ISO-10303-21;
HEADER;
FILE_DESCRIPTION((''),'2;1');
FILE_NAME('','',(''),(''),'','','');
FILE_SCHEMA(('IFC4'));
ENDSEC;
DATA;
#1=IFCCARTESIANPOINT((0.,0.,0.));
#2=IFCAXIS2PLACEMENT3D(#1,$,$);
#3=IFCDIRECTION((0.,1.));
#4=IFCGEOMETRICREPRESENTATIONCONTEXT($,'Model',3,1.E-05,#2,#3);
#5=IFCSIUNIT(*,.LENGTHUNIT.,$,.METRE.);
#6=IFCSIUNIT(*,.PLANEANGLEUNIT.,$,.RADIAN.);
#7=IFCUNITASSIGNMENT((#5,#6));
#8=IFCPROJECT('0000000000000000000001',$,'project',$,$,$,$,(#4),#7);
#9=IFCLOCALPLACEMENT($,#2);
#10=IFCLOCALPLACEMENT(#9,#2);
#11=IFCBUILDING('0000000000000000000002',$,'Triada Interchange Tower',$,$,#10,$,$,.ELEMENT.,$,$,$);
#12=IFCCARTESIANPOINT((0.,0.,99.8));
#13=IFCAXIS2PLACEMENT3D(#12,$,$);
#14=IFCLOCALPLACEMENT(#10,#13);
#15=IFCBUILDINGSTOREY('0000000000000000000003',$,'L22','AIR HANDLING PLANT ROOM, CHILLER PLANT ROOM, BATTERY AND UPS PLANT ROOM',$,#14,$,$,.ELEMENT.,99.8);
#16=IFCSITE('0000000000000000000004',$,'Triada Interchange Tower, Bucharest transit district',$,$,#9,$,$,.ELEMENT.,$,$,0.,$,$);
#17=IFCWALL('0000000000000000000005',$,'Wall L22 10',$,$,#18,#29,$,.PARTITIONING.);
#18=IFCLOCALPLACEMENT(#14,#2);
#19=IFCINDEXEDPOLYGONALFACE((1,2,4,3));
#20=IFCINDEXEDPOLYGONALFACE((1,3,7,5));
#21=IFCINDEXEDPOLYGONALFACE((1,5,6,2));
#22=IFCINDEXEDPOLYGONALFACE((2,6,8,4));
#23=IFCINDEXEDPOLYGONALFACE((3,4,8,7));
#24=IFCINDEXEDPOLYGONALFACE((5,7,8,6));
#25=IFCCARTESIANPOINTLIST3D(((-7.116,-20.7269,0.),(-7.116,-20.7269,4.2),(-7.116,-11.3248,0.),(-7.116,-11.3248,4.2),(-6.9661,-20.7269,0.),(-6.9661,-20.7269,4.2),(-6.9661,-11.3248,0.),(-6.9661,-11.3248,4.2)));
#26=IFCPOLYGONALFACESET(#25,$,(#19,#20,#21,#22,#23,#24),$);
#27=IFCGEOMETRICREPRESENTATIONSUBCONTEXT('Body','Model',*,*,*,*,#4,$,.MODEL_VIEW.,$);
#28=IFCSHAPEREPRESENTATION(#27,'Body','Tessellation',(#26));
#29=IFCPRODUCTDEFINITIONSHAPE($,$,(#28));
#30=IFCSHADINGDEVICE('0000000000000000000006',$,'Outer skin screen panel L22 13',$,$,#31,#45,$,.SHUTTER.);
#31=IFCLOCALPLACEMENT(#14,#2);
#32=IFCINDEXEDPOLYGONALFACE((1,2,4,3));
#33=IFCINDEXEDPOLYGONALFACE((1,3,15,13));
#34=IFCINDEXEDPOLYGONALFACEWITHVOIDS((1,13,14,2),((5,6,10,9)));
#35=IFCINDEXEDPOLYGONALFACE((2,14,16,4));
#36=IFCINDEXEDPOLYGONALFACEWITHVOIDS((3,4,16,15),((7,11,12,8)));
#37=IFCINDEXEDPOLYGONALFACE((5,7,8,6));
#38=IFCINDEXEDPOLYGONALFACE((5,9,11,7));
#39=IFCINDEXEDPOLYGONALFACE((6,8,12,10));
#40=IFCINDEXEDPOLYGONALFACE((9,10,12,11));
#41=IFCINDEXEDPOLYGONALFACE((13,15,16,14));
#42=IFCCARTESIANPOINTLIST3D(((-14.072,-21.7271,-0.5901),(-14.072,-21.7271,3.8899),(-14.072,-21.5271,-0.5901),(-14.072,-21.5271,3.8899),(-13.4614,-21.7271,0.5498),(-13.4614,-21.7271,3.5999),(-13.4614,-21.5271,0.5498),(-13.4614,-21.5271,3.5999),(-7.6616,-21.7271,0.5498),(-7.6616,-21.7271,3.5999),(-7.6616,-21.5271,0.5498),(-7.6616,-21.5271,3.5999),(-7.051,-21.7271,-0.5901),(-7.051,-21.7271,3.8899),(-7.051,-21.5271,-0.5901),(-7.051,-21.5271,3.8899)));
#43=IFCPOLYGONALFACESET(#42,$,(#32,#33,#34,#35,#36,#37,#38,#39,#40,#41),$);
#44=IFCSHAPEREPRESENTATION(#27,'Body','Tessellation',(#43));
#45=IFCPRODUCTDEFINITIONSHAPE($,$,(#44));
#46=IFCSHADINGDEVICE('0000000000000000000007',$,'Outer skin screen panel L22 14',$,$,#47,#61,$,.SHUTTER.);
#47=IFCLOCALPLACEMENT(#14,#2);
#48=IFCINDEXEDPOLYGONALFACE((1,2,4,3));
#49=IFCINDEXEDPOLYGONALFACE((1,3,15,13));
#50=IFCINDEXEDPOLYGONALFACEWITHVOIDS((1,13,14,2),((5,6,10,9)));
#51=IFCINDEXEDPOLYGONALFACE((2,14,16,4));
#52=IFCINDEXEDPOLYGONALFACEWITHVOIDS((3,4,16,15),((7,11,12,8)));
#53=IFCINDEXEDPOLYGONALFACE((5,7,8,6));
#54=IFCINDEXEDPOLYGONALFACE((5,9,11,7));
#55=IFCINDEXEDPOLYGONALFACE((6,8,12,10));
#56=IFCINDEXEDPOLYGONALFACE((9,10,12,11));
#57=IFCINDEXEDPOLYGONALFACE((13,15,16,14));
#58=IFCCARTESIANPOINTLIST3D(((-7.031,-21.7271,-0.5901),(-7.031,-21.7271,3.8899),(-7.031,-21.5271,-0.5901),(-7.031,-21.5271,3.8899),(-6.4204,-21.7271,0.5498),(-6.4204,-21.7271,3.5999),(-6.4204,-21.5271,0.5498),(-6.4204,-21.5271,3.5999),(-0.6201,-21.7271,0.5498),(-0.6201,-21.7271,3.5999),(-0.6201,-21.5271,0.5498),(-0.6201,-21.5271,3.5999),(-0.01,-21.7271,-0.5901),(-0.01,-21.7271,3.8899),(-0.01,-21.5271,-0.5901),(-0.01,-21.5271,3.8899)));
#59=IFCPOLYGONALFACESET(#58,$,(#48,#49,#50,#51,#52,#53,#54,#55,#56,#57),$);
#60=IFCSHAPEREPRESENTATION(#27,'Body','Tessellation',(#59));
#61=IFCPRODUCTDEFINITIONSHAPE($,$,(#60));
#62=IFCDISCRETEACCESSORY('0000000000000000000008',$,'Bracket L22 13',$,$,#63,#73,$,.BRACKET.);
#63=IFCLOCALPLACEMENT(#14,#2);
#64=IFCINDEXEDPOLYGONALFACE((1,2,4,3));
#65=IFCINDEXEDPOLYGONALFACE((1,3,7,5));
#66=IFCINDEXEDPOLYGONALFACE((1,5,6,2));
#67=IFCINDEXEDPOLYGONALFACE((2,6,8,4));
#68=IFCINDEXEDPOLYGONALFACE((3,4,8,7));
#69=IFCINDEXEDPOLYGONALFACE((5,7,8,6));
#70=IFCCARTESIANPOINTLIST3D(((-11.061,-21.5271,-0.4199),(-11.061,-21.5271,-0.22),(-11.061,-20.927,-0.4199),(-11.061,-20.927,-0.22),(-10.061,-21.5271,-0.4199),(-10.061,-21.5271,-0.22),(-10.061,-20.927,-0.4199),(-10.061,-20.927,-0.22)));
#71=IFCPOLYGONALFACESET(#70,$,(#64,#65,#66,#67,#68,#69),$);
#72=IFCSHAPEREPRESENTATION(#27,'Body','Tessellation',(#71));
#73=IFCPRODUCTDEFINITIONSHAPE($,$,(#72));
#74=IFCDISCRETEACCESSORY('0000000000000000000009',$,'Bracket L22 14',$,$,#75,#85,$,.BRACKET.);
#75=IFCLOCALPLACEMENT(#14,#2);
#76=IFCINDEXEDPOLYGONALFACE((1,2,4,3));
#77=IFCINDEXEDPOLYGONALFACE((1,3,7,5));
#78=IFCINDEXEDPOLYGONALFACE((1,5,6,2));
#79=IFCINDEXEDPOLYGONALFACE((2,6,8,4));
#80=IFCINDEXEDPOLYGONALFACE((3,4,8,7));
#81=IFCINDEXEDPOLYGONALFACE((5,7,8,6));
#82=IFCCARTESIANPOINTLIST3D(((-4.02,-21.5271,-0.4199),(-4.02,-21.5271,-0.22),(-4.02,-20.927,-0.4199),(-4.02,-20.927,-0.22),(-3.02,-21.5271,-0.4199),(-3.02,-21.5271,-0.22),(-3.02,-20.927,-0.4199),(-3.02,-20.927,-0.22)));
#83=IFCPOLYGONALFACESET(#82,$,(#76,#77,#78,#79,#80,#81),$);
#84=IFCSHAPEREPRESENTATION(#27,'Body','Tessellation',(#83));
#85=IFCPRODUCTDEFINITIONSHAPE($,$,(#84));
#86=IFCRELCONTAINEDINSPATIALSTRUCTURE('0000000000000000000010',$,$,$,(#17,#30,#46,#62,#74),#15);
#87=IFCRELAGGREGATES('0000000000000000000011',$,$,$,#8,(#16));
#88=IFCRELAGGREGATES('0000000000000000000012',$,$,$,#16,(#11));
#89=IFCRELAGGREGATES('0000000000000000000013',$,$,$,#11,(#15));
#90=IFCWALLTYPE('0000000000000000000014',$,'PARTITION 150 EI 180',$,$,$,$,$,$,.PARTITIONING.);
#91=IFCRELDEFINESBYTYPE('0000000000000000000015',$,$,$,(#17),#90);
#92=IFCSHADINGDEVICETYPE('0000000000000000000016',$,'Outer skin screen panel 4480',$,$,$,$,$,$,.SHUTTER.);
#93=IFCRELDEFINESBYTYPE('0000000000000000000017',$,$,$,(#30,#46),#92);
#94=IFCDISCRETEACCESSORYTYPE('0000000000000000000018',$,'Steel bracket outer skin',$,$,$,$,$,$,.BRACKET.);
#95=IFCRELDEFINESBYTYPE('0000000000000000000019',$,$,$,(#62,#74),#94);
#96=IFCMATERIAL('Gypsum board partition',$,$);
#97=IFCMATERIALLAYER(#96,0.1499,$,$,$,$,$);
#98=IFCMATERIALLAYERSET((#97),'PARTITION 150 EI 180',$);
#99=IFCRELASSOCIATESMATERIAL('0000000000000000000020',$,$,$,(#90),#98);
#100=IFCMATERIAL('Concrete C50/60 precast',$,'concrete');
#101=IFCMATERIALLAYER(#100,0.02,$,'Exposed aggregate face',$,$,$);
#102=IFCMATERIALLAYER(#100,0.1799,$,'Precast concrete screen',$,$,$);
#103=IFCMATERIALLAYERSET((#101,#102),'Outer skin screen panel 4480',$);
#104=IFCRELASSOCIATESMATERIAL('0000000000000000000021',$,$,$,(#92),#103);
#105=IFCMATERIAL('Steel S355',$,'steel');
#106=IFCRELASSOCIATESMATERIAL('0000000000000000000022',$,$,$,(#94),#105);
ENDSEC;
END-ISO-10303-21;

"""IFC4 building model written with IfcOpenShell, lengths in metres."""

from ifc_helpers import new_model, si_unit, direction, frame, frame_2d, origin, origin_2d, place, context, subcontext, project, spatial, polyline, rectangle, outline, extrude, material, layer, layer_set, type_object, element, save


model = new_model("IFC4")

# Units and contexts
model_context = context("Model", 3, precision=1e-05, world=origin(), true_north=direction((0.0, 1.0)))
body_context = subcontext(model_context, "Body", "Model", "MODEL_VIEW")
ifc_project = project(units=[si_unit("LENGTHUNIT", "METRE"), si_unit("PLANEANGLEUNIT", "RADIAN")], contexts=[model_context])

# Site, building, storey
site_placement = place(None, origin())
site = spatial("IfcSite", under=ifc_project, at=site_placement, Name="Triada Interchange Tower, Bucharest transit district", CompositionType="ELEMENT", RefElevation=0.0)
building_placement = place(site_placement, origin())
building = spatial("IfcBuilding", under=site, at=building_placement, Name="Triada Interchange Tower", CompositionType="ELEMENT")
storey_placement = place(building_placement, frame((0.0, 0.0, 99.8)))
storey = spatial("IfcBuildingStorey", under=building, at=storey_placement, Name="L22", Description="AIR HANDLING PLANT ROOM, CHILLER PLANT ROOM, BATTERY AND UPS PLANT ROOM", CompositionType="ELEMENT", Elevation=99.8)

# Shared definitions
ifc_material_1 = material(Name="Steel S355", Category="steel")

# Shared definitions
ifc_material_2 = material(Name="Gypsum board partition")
ifc_layer_1 = layer(ifc_material_2, 0.1499)
ifc_layer_set_1 = layer_set([ifc_layer_1], Name="PARTITION 150 EI 180")
wall_type_1 = type_object("IfcWallType", Name="PARTITION 150 EI 180", PredefinedType="PARTITIONING", material=ifc_layer_set_1)

# Wall
wall_1_placement = place(storey_placement, frame((-7.041, -20.7271, 0.0), z_axis=(0.0, 0.0, 1.0), x_axis=(0.0, 1.0, 0.0)))
element("IfcWall", 1, at=wall_1_placement, inside=storey, type_object=wall_type_1, Name="Wall L22 10", PredefinedType="PARTITIONING", context=body_context, shape_type="SweptSolid", body=[
    extrude(rectangle(XDim=9.4021, YDim=0.1499, at=frame_2d((4.7012, 0.0))), origin(), (0.0, 0.0, 1.0), 4.2),
])

# Shading devices
ifc_material_3 = material(Name="Concrete C50/60 precast", Category="concrete")
ifc_layer_2 = layer(ifc_material_3, 0.02, Name="Exposed aggregate face")
ifc_layer_3 = layer(ifc_material_3, 0.1799, Name="Precast concrete screen")
ifc_layer_set_2 = layer_set([ifc_layer_2, ifc_layer_3], Name="Outer skin screen panel 4480")
shading_device_type = type_object("IfcShadingDeviceType", Name="Outer skin screen panel 4480", PredefinedType="SHUTTER", material=ifc_layer_set_2)
shading_device_1_placement = place(storey_placement, frame((-14.072, -21.5271, -0.5901), z_axis=(0.0, 0.0, 1.0), x_axis=(1.0, 0.0, 0.0)))
element("IfcShadingDevice", 2, at=shading_device_1_placement, inside=storey, type_object=shading_device_type, Name="Outer skin screen panel L22 13", PredefinedType="SHUTTER", context=body_context, shape_type="SweptSolid", body=[
    extrude(outline(polyline([(0.0, 0.0), (7.021, 0.0), (7.021, 4.48), (0.0, 4.48), (0.0, 0.0)]), holes=[polyline([(0.6106, 1.1399), (0.6106, 4.1899), (6.4104, 4.1899), (6.4104, 1.1399), (0.6106, 1.1399)])]), frame((0.0, 0.0, 0.0), z_axis=(0.0, -1.0, 0.0), x_axis=(1.0, 0.0, 0.0)), (0.0, 0.0, 1.0), 0.2),
])
shading_device_2_placement = place(storey_placement, frame((-7.031, -21.5271, -0.5901), z_axis=(0.0, 0.0, 1.0), x_axis=(1.0, 0.0, 0.0)))
element("IfcShadingDevice", 3, at=shading_device_2_placement, inside=storey, type_object=shading_device_type, Name="Outer skin screen panel L22 14", PredefinedType="SHUTTER", context=body_context, shape_type="SweptSolid", body=[
    extrude(outline(polyline([(0.0, 0.0), (7.021, 0.0), (7.021, 4.48), (0.0, 4.48), (0.0, 0.0)]), holes=[polyline([(0.6106, 1.1399), (0.6106, 4.1899), (6.4109, 4.1899), (6.4109, 1.1399), (0.6106, 1.1399)])]), frame((0.0, 0.0, 0.0), z_axis=(0.0, -1.0, 0.0), x_axis=(1.0, 0.0, 0.0)), (0.0, 0.0, 1.0), 0.2),
])

# Discrete accessories
discrete_accessory_type = type_object("IfcDiscreteAccessoryType", Name="Steel bracket outer skin", PredefinedType="BRACKET", material=ifc_material_1)
for number, where, z_axis, x_axis, name in (
    (4, (-10.561, -21.2271, -0.4199), (0.0, 0.0, 1.0), (0.0, -1.0, 0.0), "Bracket L22 13"),
    (5, (-3.52, -21.2271, -0.4199), (0.0, 0.0, 1.0), (0.0, -1.0, 0.0), "Bracket L22 14"),
):
    element("IfcDiscreteAccessory", number, at=place(storey_placement, frame(where, z_axis=z_axis, x_axis=x_axis)), inside=storey, type_object=discrete_accessory_type, Name=name, PredefinedType="BRACKET", context=body_context, shape_type="SweptSolid", body=[
        extrude(rectangle(XDim=0.6001, YDim=1.0, at=origin_2d()), origin(), (0.0, 0.0, 1.0), 0.2),
    ])

save(model, "model.ifc")
